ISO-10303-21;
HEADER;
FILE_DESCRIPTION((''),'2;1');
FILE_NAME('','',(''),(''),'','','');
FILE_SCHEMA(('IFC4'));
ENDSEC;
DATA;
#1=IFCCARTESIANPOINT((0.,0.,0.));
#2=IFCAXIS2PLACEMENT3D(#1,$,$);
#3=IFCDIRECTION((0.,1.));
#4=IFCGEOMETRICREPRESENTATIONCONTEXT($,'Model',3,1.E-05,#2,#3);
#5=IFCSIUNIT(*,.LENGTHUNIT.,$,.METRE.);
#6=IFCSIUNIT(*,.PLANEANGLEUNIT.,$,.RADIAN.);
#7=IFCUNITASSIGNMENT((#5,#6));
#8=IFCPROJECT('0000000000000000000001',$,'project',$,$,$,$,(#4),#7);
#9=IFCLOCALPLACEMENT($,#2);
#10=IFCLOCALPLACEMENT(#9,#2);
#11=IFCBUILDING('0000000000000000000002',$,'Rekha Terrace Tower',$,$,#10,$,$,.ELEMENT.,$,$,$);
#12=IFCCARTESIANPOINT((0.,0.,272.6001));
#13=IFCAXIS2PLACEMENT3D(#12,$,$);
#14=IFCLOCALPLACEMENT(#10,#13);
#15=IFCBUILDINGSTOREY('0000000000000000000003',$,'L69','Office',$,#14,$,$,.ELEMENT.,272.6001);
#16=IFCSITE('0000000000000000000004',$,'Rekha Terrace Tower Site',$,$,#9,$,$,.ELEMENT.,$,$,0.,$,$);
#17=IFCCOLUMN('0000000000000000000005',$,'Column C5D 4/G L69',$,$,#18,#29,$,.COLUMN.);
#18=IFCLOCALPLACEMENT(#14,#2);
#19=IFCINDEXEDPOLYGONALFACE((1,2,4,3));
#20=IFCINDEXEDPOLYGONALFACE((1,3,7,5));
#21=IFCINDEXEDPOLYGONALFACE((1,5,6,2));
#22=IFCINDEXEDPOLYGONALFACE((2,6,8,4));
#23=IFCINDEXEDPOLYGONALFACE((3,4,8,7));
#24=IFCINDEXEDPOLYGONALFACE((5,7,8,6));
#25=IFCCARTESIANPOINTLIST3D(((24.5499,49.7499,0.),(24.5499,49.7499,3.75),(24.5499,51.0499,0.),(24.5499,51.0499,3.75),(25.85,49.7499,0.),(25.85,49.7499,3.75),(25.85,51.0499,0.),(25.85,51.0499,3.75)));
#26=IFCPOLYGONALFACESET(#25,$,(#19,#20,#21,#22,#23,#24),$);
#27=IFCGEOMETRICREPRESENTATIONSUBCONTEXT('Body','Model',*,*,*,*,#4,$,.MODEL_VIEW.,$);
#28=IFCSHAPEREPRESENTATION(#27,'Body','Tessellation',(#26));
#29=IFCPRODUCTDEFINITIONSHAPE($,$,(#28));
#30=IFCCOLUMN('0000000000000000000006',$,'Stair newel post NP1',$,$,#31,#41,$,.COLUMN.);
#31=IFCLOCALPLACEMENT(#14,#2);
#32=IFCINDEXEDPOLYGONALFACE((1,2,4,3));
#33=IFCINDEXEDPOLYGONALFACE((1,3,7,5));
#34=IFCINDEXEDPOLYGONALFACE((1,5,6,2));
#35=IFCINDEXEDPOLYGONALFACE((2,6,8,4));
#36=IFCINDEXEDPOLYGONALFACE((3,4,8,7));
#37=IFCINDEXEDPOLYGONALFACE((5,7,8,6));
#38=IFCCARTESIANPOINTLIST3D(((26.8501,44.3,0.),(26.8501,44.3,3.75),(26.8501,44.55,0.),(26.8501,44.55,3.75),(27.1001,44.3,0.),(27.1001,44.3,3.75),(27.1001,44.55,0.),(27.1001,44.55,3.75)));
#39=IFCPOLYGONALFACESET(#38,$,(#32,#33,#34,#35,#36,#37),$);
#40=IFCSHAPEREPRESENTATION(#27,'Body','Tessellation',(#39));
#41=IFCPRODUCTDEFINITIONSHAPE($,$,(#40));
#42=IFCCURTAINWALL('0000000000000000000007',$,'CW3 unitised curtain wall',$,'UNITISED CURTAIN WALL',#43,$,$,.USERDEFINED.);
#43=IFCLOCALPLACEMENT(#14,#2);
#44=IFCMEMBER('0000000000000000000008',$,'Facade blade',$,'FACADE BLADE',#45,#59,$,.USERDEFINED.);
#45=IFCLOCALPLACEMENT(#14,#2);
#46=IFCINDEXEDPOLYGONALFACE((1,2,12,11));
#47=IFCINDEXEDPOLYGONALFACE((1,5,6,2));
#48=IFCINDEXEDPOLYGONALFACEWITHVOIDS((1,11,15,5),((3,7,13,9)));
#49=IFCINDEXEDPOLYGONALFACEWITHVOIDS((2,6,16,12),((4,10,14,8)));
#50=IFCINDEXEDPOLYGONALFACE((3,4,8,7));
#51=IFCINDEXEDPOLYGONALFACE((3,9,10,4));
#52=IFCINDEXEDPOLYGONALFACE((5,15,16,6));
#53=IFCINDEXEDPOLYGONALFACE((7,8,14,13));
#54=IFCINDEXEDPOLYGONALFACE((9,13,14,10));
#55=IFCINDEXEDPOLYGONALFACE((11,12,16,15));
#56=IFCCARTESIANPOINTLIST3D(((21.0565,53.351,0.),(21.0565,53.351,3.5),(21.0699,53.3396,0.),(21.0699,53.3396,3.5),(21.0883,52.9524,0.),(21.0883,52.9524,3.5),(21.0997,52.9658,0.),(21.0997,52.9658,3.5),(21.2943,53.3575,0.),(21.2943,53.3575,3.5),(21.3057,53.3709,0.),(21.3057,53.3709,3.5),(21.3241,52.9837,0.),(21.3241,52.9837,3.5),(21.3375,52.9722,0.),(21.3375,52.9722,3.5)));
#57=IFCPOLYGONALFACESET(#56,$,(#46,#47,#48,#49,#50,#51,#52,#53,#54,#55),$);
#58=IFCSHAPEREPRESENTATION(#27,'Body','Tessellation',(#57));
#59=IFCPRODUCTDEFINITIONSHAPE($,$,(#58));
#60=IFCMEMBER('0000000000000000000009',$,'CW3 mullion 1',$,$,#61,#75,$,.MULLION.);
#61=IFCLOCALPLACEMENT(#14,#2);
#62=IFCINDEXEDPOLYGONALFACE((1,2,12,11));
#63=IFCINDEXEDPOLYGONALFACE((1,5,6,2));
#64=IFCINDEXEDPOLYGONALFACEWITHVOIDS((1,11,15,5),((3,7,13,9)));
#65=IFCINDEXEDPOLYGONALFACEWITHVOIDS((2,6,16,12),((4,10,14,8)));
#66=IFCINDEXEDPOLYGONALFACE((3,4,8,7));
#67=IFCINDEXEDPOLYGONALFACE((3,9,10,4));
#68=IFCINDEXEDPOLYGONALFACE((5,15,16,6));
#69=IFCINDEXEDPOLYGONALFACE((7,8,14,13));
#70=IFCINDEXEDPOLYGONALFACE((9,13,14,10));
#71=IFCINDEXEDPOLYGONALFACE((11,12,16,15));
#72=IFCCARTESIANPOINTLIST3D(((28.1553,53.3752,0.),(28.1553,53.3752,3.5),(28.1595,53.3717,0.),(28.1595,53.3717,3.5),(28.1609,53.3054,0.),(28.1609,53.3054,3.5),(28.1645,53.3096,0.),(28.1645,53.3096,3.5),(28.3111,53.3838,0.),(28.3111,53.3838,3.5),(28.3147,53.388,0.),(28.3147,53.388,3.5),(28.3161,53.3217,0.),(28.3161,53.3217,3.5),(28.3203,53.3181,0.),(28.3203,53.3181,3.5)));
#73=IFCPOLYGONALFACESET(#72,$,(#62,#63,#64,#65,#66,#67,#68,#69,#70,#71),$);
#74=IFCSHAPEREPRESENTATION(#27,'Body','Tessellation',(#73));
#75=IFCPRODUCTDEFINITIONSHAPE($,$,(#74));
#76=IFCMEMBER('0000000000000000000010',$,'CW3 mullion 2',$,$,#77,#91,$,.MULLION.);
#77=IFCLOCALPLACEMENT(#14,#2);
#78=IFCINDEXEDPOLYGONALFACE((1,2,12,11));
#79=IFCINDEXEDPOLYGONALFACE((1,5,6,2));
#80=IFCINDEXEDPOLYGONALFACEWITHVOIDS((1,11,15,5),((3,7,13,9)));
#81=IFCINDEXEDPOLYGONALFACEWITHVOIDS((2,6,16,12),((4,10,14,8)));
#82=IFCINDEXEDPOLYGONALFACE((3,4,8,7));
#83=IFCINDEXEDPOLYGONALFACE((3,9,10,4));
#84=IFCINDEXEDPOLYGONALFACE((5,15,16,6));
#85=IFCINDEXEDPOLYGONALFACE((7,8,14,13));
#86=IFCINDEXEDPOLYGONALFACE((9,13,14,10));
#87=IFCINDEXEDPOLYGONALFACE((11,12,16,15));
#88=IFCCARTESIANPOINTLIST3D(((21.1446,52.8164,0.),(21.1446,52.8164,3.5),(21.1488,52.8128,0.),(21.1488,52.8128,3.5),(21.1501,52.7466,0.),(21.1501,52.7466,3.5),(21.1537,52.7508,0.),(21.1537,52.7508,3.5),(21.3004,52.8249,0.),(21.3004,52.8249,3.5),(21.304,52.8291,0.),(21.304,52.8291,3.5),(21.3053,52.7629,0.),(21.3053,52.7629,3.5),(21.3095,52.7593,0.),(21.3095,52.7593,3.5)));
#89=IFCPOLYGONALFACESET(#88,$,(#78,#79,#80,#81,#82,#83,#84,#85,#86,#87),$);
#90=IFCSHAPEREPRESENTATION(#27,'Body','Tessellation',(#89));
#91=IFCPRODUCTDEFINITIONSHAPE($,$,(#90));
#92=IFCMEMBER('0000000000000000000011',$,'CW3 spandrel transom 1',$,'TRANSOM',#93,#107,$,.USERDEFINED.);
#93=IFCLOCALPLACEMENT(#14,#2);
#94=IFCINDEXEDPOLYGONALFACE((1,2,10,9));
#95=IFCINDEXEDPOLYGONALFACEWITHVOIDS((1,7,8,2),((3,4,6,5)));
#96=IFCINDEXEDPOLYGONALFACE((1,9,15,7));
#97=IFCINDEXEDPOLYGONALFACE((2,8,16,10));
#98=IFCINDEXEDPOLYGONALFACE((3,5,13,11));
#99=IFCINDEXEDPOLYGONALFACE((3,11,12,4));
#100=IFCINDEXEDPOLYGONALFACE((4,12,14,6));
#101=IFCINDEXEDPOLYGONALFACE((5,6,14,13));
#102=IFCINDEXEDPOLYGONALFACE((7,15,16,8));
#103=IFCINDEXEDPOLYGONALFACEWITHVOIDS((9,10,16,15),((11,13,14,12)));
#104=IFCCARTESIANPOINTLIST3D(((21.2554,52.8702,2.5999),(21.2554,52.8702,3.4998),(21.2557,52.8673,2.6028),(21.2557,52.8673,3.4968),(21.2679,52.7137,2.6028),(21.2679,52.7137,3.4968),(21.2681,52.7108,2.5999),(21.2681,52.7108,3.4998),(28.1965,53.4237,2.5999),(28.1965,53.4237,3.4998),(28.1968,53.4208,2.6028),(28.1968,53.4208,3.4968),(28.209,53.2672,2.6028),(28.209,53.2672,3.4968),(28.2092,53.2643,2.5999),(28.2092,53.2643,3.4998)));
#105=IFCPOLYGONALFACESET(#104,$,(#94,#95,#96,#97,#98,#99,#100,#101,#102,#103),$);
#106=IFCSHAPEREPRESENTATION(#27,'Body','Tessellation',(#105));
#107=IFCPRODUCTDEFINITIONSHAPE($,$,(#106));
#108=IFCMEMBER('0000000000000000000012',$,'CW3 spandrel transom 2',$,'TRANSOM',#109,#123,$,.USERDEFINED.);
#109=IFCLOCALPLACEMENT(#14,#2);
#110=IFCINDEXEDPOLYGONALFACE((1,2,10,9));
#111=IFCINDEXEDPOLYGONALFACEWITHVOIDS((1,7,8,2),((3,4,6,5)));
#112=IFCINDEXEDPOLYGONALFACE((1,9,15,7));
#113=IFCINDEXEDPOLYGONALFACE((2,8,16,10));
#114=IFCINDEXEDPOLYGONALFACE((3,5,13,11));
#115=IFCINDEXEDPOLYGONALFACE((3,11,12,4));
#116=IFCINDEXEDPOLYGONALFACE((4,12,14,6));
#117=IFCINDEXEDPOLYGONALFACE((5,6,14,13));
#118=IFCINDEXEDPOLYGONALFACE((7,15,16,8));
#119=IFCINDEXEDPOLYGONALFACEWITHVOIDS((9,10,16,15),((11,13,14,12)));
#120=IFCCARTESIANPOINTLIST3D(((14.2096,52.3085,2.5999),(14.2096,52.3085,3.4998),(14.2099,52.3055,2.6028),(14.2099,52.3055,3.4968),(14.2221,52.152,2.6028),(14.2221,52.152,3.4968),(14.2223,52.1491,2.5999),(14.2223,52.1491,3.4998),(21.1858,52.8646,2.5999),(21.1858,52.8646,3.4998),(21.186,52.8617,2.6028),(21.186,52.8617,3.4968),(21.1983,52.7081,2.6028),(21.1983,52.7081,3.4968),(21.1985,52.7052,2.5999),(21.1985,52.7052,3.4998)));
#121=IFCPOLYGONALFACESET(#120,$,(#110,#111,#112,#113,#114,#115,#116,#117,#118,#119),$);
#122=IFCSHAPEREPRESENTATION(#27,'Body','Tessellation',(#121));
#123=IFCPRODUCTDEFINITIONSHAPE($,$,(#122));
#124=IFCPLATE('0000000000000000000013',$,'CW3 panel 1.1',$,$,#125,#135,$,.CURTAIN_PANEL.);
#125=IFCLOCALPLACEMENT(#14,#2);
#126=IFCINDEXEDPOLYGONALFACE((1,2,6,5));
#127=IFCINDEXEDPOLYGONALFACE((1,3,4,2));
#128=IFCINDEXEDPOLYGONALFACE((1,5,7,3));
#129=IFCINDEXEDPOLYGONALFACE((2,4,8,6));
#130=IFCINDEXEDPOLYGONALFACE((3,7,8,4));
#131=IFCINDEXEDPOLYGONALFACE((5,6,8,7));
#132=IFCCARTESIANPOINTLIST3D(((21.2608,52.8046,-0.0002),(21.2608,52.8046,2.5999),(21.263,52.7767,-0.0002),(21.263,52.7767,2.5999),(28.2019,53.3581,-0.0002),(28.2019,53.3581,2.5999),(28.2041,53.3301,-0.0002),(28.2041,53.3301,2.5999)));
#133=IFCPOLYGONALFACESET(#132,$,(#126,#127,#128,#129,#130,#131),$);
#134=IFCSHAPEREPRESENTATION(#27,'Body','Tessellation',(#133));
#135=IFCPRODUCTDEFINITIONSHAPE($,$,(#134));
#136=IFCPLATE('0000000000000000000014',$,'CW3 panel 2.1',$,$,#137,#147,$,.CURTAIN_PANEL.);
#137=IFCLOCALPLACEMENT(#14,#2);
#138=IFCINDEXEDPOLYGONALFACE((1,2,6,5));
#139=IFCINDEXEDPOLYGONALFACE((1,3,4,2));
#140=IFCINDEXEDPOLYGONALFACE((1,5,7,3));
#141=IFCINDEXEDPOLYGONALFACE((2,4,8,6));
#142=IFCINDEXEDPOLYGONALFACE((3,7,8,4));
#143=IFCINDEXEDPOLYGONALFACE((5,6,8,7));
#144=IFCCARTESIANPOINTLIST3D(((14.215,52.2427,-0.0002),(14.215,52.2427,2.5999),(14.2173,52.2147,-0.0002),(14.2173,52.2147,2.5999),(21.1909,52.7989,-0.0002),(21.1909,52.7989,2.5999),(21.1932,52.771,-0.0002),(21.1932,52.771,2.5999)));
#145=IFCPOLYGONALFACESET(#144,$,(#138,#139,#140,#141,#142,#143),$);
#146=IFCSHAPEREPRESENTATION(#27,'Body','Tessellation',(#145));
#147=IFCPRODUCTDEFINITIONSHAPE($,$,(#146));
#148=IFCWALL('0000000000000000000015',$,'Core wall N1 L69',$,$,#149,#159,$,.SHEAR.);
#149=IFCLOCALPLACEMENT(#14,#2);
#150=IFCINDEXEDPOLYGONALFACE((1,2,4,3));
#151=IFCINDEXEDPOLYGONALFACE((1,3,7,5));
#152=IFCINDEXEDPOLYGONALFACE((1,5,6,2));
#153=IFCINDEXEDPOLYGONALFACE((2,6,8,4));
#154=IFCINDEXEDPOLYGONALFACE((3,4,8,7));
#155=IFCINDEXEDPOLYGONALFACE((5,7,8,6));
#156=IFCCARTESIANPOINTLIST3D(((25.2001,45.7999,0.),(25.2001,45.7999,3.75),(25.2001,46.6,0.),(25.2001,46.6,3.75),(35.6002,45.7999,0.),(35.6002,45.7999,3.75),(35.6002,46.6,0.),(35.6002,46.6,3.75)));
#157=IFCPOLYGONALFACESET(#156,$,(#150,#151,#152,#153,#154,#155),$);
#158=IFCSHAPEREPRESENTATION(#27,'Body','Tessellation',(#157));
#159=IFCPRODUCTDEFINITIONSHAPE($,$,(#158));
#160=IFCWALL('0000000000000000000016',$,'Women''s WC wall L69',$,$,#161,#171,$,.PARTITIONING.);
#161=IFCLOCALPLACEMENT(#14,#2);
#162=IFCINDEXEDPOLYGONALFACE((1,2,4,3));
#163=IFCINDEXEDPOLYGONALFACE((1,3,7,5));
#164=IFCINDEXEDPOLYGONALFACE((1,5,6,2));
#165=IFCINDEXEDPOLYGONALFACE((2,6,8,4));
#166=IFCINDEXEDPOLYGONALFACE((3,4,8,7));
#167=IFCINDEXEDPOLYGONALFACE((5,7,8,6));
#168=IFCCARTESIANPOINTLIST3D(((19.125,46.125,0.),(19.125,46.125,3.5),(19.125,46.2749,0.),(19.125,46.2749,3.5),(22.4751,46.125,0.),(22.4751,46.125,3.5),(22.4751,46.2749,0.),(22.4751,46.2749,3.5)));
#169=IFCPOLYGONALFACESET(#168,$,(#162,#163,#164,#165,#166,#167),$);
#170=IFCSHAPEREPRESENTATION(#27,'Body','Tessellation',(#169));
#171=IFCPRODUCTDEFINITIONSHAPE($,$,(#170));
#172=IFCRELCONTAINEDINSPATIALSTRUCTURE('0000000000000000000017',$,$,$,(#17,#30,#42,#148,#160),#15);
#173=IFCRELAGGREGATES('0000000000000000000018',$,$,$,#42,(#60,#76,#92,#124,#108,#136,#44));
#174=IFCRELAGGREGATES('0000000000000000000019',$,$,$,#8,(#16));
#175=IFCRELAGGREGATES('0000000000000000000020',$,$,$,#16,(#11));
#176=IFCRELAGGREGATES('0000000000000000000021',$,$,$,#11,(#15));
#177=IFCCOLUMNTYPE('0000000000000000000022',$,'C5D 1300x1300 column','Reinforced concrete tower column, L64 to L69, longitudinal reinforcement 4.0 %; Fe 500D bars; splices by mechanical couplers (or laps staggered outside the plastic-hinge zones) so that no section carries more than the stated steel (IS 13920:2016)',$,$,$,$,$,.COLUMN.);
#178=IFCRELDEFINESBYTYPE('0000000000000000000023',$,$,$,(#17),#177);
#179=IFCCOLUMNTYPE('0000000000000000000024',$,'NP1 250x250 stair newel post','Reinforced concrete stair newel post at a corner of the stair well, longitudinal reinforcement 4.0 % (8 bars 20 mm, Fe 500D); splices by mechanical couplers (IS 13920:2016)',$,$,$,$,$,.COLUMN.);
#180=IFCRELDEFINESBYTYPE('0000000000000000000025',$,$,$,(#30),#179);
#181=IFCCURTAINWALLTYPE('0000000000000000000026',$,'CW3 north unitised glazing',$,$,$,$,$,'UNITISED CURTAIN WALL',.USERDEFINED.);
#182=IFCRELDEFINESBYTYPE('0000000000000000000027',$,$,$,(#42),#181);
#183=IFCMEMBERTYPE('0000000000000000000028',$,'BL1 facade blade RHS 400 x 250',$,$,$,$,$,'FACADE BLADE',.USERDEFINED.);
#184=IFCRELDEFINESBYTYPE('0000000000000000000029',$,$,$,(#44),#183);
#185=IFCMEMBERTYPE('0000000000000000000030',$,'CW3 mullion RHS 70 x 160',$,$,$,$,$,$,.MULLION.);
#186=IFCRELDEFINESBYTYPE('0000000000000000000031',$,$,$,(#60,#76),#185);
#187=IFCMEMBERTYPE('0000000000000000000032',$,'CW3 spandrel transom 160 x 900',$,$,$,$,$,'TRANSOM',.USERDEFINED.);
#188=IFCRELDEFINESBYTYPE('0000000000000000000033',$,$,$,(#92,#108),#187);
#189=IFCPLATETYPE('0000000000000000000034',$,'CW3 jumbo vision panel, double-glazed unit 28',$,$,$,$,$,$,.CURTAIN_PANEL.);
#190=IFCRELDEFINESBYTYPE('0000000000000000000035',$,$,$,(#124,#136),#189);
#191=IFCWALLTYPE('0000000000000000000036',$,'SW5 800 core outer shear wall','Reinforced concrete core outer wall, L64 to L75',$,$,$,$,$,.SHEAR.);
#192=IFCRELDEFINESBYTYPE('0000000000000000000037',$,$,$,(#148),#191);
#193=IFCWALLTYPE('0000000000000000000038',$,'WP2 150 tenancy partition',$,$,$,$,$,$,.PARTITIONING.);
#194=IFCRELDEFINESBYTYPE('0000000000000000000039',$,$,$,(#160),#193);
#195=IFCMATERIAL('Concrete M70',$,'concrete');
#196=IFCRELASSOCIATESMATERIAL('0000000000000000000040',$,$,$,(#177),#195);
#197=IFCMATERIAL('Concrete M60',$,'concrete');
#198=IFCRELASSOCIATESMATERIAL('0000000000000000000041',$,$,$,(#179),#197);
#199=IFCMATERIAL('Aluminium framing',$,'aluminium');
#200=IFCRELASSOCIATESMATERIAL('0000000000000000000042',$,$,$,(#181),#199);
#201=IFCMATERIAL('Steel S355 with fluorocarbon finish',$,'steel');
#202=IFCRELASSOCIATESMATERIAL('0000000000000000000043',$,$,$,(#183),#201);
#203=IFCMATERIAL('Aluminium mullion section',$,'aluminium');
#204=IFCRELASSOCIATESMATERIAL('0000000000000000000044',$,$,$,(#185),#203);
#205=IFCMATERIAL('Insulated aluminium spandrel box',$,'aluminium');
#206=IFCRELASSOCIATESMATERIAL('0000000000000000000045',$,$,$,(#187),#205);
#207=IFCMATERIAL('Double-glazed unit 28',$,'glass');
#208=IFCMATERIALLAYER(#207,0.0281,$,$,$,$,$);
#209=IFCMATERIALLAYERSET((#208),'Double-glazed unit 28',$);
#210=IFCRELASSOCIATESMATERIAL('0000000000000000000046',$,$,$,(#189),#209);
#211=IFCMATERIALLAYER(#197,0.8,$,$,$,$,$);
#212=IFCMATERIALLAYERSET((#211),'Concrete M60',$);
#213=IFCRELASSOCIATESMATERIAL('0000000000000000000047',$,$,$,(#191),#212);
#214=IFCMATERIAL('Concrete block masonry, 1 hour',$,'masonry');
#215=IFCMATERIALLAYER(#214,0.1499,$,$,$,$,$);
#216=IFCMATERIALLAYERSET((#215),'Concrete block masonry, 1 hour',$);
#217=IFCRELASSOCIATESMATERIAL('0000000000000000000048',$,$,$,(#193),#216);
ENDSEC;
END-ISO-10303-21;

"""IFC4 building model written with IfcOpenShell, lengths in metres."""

from ifc_helpers import new_model, si_unit, direction, frame, frame_2d, origin, origin_2d, place, context, subcontext, project, spatial, rectangle, hollow_rectangle, extrude, material, layer, layer_set, material_profile, profile_set, type_object, element, aggregate, save


model = new_model("IFC4")

# Units and contexts
model_context = context("Model", 3, precision=1e-05, world=origin(), true_north=direction((0.0, 1.0)))
body_context = subcontext(model_context, "Body", "Model", "MODEL_VIEW")
ifc_project = project(units=[si_unit("LENGTHUNIT", "METRE"), si_unit("PLANEANGLEUNIT", "RADIAN")], contexts=[model_context])

# Site, building, storey
site_placement = place(None, origin())
site = spatial("IfcSite", under=ifc_project, at=site_placement, Name="Rekha Terrace Tower Site", CompositionType="ELEMENT", RefElevation=0.0)
building_placement = place(site_placement, origin())
building = spatial("IfcBuilding", under=site, at=building_placement, Name="Rekha Terrace Tower", CompositionType="ELEMENT")
storey_placement = place(building_placement, frame((0.0, 0.0, 272.6001)))
storey = spatial("IfcBuildingStorey", under=building, at=storey_placement, Name="L69", Description="Office", CompositionType="ELEMENT", Elevation=272.6001)

# Columns
ifc_material_1 = material(Name="Concrete M70", Category="concrete")
ifc_material_profile_1 = material_profile(ifc_material_1, rectangle(XDim=1.3, YDim=1.3, at=origin_2d()), Name="RC 1300x1300")
ifc_profile_set_1 = profile_set([ifc_material_profile_1], Name="Concrete M70")
column_type_1 = type_object("IfcColumnType", Name="C5D 1300x1300 column", Description="Reinforced concrete tower column, L64 to L69, longitudinal reinforcement 4.0 %; Fe 500D bars; splices by mechanical couplers (or laps staggered outside the plastic-hinge zones) so that no section carries more than the stated steel (IS 13920:2016)", PredefinedType="COLUMN", material=ifc_profile_set_1)
column_1_placement = place(storey_placement, frame((25.2, 50.3999, 0.0), z_axis=(0.0, 0.0, 1.0), x_axis=(1.0, 0.0, 0.0)))
element("IfcColumn", 1, at=column_1_placement, inside=storey, type_object=column_type_1, Name="Column C5D 4/G L69", PredefinedType="COLUMN", context=body_context, shape_type="SweptSolid", body=[
    extrude(rectangle(XDim=1.3, YDim=1.3, at=origin_2d()), origin(), (0.0, 0.0, 1.0), 3.75),
])
ifc_material_2 = material(Name="Concrete M60", Category="concrete")
ifc_material_profile_2 = material_profile(ifc_material_2, rectangle(XDim=0.25, YDim=0.25, at=origin_2d()), Name="RC 250x250")
ifc_profile_set_2 = profile_set([ifc_material_profile_2], Name="Concrete M60")
column_type_2 = type_object("IfcColumnType", Name="NP1 250x250 stair newel post", Description="Reinforced concrete stair newel post at a corner of the stair well, longitudinal reinforcement 4.0 % (8 bars 20 mm, Fe 500D); splices by mechanical couplers (IS 13920:2016)", PredefinedType="COLUMN", material=ifc_profile_set_2)
column_2_placement = place(storey_placement, frame((26.9751, 44.425, 0.0), z_axis=(0.0, 0.0, 1.0), x_axis=(1.0, 0.0, 0.0)))
element("IfcColumn", 2, at=column_2_placement, inside=storey, type_object=column_type_2, Name="Stair newel post NP1", PredefinedType="COLUMN", context=body_context, shape_type="SweptSolid", body=[
    extrude(rectangle(XDim=0.25, YDim=0.25, at=origin_2d()), origin(), (0.0, 0.0, 1.0), 3.75),
])

# Curtain wall, members, plates
ifc_material_3 = material(Name="Aluminium framing", Category="aluminium")
curtain_wall_type = type_object("IfcCurtainWallType", Name="CW3 north unitised glazing", ElementType="UNITISED CURTAIN WALL", PredefinedType="USERDEFINED", material=ifc_material_3)
curtain_wall_placement = place(storey_placement, origin())
curtain_wall = element("IfcCurtainWall", 3, at=curtain_wall_placement, inside=storey, type_object=curtain_wall_type, Name="CW3 unitised curtain wall", ObjectType="UNITISED CURTAIN WALL", PredefinedType="USERDEFINED")
ifc_material_4 = material(Name="Steel S355 with fluorocarbon finish", Category="steel")
ifc_material_profile_3 = material_profile(ifc_material_4, hollow_rectangle(XDim=0.25, YDim=0.3999, WallThickness=0.0125, at=origin_2d()), Name="RHS400x250x12.5")
ifc_profile_set_3 = profile_set([ifc_material_profile_3], Name="Steel S355 with fluorocarbon finish")
member_type_1 = type_object("IfcMemberType", Name="BL1 facade blade RHS 400 x 250", ElementType="FACADE BLADE", PredefinedType="USERDEFINED", material=ifc_profile_set_3)
member_1_placement = place(storey_placement, frame((21.197, 53.1616, 0.0), z_axis=(0.0, 0.0, 1.0), x_axis=(-0.996836, -0.079486, 0.0)))
member_1 = element("IfcMember", 4, at=member_1_placement, type_object=member_type_1, Name="Facade blade", ObjectType="FACADE BLADE", PredefinedType="USERDEFINED", context=body_context, shape_type="SweptSolid", body=[
    extrude(hollow_rectangle(XDim=0.25, YDim=0.3999, WallThickness=0.0125, at=origin_2d()), origin(), (0.0, 0.0, 1.0), 3.5),
])
ifc_material_5 = material(Name="Aluminium mullion section", Category="aluminium")
ifc_material_profile_4 = material_profile(ifc_material_5, hollow_rectangle(XDim=0.0701, YDim=0.1599, WallThickness=0.0039, at=origin_2d()), Name="AL RHS 70x160")
ifc_profile_set_4 = profile_set([ifc_material_profile_4], Name="Aluminium mullion section")
member_type_2 = type_object("IfcMemberType", Name="CW3 mullion RHS 70 x 160", PredefinedType="MULLION", material=ifc_profile_set_4)
member_2_placement = place(storey_placement, frame((28.2378, 53.3467, 0.0), z_axis=(0.0, 0.0, 1.0), x_axis=(0.079485, -0.996836, 0.0)))
member_2 = element("IfcMember", 5, at=member_2_placement, type_object=member_type_2, Name="CW3 mullion 1", PredefinedType="MULLION", context=body_context, shape_type="SweptSolid", body=[
    extrude(hollow_rectangle(XDim=0.0701, YDim=0.1599, WallThickness=0.0039, at=origin_2d()), origin(), (0.0, 0.0, 1.0), 3.5),
])
member_3_placement = place(storey_placement, frame((21.2271, 52.7878, 0.0), z_axis=(0.0, 0.0, 1.0), x_axis=(0.079485, -0.996836, 0.0)))
member_3 = element("IfcMember", 6, at=member_3_placement, type_object=member_type_2, Name="CW3 mullion 2", PredefinedType="MULLION", context=body_context, shape_type="SweptSolid", body=[
    extrude(hollow_rectangle(XDim=0.0701, YDim=0.1599, WallThickness=0.0039, at=origin_2d()), origin(), (0.0, 0.0, 1.0), 3.5),
])
ifc_material_6 = material(Name="Insulated aluminium spandrel box", Category="aluminium")
ifc_material_profile_5 = material_profile(ifc_material_6, hollow_rectangle(XDim=0.1599, YDim=0.8999, WallThickness=0.0029, at=origin_2d()), Name="AL SPANDREL BOX 160x900")
ifc_profile_set_5 = profile_set([ifc_material_profile_5], Name="Insulated aluminium spandrel box")
member_type_3 = type_object("IfcMemberType", Name="CW3 spandrel transom 160 x 900", ElementType="TRANSOM", PredefinedType="USERDEFINED", material=ifc_profile_set_5)
member_4_placement = place(storey_placement, frame((28.2029, 53.344, 3.0498), z_axis=(-0.996836, -0.079485, 0.0), x_axis=(0.079485, -0.996836, 0.0)))
member_4 = element("IfcMember", 7, at=member_4_placement, type_object=member_type_3, Name="CW3 spandrel transom 1", ObjectType="TRANSOM", PredefinedType="USERDEFINED", context=body_context, shape_type="SweptSolid", body=[
    extrude(hollow_rectangle(XDim=0.1599, YDim=0.8999, WallThickness=0.0029, at=origin_2d()), origin(), (0.0, 0.0, 1.0), 6.9631),
])
member_5_placement = place(storey_placement, frame((21.1921, 52.7849, 3.0498), z_axis=(-0.996837, -0.079471, 0.0), x_axis=(0.079471, -0.996837, 0.0)))
member_5 = element("IfcMember", 8, at=member_5_placement, type_object=member_type_3, Name="CW3 spandrel transom 2", ObjectType="TRANSOM", PredefinedType="USERDEFINED", context=body_context, shape_type="SweptSolid", body=[
    extrude(hollow_rectangle(XDim=0.1599, YDim=0.8999, WallThickness=0.0029, at=origin_2d()), origin(), (0.0, 0.0, 1.0), 6.9983),
])
ifc_material_7 = material(Name="Double-glazed unit 28", Category="glass")
ifc_layer_1 = layer(ifc_material_7, 0.0281)
ifc_layer_set_1 = layer_set([ifc_layer_1], Name="Double-glazed unit 28")
plate_type = type_object("IfcPlateType", Name="CW3 jumbo vision panel, double-glazed unit 28", PredefinedType="CURTAIN_PANEL", material=ifc_layer_set_1)
plate_1_placement = place(storey_placement, frame((24.7324, 53.0674, -0.0002), z_axis=(0.0, 0.0, 1.0), x_axis=(-0.996836, -0.079485, 0.0)))
plate_1 = element("IfcPlate", 9, at=plate_1_placement, type_object=plate_type, Name="CW3 panel 1.1", PredefinedType="CURTAIN_PANEL", context=body_context, shape_type="SweptSolid", body=[
    extrude(rectangle(XDim=6.9631, YDim=0.0281, at=origin_2d()), origin(), (0.0, 0.0, 1.0), 2.6001),
])
plate_2_placement = place(storey_placement, frame((17.7041, 52.5068, -0.0002), z_axis=(0.0, 0.0, 1.0), x_axis=(-0.996836, -0.079485, 0.0)))
plate_2 = element("IfcPlate", 10, at=plate_2_placement, type_object=plate_type, Name="CW3 panel 2.1", PredefinedType="CURTAIN_PANEL", context=body_context, shape_type="SweptSolid", body=[
    extrude(rectangle(XDim=6.998, YDim=0.0281, at=origin_2d()), origin(), (0.0, 0.0, 1.0), 2.6001),
])
aggregate(curtain_wall, [member_2, member_3, member_4, plate_1, member_5, plate_2, member_1])

# Walls
ifc_layer_2 = layer(ifc_material_2, 0.8)
ifc_layer_set_2 = layer_set([ifc_layer_2], Name="Concrete M60")
wall_type_1 = type_object("IfcWallType", Name="SW5 800 core outer shear wall", Description="Reinforced concrete core outer wall, L64 to L75", PredefinedType="SHEAR", material=ifc_layer_set_2)
wall_1_placement = place(storey_placement, frame((25.2, 46.2, 0.0), z_axis=(0.0, 0.0, 1.0), x_axis=(1.0, 0.0, 0.0)))
element("IfcWall", 11, at=wall_1_placement, inside=storey, type_object=wall_type_1, Name="Core wall N1 L69", PredefinedType="SHEAR", context=body_context, shape_type="SweptSolid", body=[
    extrude(rectangle(XDim=10.4001, YDim=0.8, at=frame_2d((5.2002, 0.0))), origin(), (0.0, 0.0, 1.0), 3.75),
])
ifc_material_8 = material(Name="Concrete block masonry, 1 hour", Category="masonry")
ifc_layer_3 = layer(ifc_material_8, 0.1499)
ifc_layer_set_3 = layer_set([ifc_layer_3], Name="Concrete block masonry, 1 hour")
wall_type_2 = type_object("IfcWallType", Name="WP2 150 tenancy partition", PredefinedType="PARTITIONING", material=ifc_layer_set_3)
wall_2_placement = place(storey_placement, frame((19.125, 46.2, 0.0), z_axis=(0.0, 0.0, 1.0), x_axis=(1.0, 0.0, 0.0)))
element("IfcWall", 12, at=wall_2_placement, inside=storey, type_object=wall_type_2, Name="Women's WC wall L69", PredefinedType="PARTITIONING", context=body_context, shape_type="SweptSolid", body=[
    extrude(rectangle(XDim=3.3501, YDim=0.1499, at=frame_2d((1.675, 0.0))), origin(), (0.0, 0.0, 1.0), 3.5),
])

save(model, "model.ifc")
